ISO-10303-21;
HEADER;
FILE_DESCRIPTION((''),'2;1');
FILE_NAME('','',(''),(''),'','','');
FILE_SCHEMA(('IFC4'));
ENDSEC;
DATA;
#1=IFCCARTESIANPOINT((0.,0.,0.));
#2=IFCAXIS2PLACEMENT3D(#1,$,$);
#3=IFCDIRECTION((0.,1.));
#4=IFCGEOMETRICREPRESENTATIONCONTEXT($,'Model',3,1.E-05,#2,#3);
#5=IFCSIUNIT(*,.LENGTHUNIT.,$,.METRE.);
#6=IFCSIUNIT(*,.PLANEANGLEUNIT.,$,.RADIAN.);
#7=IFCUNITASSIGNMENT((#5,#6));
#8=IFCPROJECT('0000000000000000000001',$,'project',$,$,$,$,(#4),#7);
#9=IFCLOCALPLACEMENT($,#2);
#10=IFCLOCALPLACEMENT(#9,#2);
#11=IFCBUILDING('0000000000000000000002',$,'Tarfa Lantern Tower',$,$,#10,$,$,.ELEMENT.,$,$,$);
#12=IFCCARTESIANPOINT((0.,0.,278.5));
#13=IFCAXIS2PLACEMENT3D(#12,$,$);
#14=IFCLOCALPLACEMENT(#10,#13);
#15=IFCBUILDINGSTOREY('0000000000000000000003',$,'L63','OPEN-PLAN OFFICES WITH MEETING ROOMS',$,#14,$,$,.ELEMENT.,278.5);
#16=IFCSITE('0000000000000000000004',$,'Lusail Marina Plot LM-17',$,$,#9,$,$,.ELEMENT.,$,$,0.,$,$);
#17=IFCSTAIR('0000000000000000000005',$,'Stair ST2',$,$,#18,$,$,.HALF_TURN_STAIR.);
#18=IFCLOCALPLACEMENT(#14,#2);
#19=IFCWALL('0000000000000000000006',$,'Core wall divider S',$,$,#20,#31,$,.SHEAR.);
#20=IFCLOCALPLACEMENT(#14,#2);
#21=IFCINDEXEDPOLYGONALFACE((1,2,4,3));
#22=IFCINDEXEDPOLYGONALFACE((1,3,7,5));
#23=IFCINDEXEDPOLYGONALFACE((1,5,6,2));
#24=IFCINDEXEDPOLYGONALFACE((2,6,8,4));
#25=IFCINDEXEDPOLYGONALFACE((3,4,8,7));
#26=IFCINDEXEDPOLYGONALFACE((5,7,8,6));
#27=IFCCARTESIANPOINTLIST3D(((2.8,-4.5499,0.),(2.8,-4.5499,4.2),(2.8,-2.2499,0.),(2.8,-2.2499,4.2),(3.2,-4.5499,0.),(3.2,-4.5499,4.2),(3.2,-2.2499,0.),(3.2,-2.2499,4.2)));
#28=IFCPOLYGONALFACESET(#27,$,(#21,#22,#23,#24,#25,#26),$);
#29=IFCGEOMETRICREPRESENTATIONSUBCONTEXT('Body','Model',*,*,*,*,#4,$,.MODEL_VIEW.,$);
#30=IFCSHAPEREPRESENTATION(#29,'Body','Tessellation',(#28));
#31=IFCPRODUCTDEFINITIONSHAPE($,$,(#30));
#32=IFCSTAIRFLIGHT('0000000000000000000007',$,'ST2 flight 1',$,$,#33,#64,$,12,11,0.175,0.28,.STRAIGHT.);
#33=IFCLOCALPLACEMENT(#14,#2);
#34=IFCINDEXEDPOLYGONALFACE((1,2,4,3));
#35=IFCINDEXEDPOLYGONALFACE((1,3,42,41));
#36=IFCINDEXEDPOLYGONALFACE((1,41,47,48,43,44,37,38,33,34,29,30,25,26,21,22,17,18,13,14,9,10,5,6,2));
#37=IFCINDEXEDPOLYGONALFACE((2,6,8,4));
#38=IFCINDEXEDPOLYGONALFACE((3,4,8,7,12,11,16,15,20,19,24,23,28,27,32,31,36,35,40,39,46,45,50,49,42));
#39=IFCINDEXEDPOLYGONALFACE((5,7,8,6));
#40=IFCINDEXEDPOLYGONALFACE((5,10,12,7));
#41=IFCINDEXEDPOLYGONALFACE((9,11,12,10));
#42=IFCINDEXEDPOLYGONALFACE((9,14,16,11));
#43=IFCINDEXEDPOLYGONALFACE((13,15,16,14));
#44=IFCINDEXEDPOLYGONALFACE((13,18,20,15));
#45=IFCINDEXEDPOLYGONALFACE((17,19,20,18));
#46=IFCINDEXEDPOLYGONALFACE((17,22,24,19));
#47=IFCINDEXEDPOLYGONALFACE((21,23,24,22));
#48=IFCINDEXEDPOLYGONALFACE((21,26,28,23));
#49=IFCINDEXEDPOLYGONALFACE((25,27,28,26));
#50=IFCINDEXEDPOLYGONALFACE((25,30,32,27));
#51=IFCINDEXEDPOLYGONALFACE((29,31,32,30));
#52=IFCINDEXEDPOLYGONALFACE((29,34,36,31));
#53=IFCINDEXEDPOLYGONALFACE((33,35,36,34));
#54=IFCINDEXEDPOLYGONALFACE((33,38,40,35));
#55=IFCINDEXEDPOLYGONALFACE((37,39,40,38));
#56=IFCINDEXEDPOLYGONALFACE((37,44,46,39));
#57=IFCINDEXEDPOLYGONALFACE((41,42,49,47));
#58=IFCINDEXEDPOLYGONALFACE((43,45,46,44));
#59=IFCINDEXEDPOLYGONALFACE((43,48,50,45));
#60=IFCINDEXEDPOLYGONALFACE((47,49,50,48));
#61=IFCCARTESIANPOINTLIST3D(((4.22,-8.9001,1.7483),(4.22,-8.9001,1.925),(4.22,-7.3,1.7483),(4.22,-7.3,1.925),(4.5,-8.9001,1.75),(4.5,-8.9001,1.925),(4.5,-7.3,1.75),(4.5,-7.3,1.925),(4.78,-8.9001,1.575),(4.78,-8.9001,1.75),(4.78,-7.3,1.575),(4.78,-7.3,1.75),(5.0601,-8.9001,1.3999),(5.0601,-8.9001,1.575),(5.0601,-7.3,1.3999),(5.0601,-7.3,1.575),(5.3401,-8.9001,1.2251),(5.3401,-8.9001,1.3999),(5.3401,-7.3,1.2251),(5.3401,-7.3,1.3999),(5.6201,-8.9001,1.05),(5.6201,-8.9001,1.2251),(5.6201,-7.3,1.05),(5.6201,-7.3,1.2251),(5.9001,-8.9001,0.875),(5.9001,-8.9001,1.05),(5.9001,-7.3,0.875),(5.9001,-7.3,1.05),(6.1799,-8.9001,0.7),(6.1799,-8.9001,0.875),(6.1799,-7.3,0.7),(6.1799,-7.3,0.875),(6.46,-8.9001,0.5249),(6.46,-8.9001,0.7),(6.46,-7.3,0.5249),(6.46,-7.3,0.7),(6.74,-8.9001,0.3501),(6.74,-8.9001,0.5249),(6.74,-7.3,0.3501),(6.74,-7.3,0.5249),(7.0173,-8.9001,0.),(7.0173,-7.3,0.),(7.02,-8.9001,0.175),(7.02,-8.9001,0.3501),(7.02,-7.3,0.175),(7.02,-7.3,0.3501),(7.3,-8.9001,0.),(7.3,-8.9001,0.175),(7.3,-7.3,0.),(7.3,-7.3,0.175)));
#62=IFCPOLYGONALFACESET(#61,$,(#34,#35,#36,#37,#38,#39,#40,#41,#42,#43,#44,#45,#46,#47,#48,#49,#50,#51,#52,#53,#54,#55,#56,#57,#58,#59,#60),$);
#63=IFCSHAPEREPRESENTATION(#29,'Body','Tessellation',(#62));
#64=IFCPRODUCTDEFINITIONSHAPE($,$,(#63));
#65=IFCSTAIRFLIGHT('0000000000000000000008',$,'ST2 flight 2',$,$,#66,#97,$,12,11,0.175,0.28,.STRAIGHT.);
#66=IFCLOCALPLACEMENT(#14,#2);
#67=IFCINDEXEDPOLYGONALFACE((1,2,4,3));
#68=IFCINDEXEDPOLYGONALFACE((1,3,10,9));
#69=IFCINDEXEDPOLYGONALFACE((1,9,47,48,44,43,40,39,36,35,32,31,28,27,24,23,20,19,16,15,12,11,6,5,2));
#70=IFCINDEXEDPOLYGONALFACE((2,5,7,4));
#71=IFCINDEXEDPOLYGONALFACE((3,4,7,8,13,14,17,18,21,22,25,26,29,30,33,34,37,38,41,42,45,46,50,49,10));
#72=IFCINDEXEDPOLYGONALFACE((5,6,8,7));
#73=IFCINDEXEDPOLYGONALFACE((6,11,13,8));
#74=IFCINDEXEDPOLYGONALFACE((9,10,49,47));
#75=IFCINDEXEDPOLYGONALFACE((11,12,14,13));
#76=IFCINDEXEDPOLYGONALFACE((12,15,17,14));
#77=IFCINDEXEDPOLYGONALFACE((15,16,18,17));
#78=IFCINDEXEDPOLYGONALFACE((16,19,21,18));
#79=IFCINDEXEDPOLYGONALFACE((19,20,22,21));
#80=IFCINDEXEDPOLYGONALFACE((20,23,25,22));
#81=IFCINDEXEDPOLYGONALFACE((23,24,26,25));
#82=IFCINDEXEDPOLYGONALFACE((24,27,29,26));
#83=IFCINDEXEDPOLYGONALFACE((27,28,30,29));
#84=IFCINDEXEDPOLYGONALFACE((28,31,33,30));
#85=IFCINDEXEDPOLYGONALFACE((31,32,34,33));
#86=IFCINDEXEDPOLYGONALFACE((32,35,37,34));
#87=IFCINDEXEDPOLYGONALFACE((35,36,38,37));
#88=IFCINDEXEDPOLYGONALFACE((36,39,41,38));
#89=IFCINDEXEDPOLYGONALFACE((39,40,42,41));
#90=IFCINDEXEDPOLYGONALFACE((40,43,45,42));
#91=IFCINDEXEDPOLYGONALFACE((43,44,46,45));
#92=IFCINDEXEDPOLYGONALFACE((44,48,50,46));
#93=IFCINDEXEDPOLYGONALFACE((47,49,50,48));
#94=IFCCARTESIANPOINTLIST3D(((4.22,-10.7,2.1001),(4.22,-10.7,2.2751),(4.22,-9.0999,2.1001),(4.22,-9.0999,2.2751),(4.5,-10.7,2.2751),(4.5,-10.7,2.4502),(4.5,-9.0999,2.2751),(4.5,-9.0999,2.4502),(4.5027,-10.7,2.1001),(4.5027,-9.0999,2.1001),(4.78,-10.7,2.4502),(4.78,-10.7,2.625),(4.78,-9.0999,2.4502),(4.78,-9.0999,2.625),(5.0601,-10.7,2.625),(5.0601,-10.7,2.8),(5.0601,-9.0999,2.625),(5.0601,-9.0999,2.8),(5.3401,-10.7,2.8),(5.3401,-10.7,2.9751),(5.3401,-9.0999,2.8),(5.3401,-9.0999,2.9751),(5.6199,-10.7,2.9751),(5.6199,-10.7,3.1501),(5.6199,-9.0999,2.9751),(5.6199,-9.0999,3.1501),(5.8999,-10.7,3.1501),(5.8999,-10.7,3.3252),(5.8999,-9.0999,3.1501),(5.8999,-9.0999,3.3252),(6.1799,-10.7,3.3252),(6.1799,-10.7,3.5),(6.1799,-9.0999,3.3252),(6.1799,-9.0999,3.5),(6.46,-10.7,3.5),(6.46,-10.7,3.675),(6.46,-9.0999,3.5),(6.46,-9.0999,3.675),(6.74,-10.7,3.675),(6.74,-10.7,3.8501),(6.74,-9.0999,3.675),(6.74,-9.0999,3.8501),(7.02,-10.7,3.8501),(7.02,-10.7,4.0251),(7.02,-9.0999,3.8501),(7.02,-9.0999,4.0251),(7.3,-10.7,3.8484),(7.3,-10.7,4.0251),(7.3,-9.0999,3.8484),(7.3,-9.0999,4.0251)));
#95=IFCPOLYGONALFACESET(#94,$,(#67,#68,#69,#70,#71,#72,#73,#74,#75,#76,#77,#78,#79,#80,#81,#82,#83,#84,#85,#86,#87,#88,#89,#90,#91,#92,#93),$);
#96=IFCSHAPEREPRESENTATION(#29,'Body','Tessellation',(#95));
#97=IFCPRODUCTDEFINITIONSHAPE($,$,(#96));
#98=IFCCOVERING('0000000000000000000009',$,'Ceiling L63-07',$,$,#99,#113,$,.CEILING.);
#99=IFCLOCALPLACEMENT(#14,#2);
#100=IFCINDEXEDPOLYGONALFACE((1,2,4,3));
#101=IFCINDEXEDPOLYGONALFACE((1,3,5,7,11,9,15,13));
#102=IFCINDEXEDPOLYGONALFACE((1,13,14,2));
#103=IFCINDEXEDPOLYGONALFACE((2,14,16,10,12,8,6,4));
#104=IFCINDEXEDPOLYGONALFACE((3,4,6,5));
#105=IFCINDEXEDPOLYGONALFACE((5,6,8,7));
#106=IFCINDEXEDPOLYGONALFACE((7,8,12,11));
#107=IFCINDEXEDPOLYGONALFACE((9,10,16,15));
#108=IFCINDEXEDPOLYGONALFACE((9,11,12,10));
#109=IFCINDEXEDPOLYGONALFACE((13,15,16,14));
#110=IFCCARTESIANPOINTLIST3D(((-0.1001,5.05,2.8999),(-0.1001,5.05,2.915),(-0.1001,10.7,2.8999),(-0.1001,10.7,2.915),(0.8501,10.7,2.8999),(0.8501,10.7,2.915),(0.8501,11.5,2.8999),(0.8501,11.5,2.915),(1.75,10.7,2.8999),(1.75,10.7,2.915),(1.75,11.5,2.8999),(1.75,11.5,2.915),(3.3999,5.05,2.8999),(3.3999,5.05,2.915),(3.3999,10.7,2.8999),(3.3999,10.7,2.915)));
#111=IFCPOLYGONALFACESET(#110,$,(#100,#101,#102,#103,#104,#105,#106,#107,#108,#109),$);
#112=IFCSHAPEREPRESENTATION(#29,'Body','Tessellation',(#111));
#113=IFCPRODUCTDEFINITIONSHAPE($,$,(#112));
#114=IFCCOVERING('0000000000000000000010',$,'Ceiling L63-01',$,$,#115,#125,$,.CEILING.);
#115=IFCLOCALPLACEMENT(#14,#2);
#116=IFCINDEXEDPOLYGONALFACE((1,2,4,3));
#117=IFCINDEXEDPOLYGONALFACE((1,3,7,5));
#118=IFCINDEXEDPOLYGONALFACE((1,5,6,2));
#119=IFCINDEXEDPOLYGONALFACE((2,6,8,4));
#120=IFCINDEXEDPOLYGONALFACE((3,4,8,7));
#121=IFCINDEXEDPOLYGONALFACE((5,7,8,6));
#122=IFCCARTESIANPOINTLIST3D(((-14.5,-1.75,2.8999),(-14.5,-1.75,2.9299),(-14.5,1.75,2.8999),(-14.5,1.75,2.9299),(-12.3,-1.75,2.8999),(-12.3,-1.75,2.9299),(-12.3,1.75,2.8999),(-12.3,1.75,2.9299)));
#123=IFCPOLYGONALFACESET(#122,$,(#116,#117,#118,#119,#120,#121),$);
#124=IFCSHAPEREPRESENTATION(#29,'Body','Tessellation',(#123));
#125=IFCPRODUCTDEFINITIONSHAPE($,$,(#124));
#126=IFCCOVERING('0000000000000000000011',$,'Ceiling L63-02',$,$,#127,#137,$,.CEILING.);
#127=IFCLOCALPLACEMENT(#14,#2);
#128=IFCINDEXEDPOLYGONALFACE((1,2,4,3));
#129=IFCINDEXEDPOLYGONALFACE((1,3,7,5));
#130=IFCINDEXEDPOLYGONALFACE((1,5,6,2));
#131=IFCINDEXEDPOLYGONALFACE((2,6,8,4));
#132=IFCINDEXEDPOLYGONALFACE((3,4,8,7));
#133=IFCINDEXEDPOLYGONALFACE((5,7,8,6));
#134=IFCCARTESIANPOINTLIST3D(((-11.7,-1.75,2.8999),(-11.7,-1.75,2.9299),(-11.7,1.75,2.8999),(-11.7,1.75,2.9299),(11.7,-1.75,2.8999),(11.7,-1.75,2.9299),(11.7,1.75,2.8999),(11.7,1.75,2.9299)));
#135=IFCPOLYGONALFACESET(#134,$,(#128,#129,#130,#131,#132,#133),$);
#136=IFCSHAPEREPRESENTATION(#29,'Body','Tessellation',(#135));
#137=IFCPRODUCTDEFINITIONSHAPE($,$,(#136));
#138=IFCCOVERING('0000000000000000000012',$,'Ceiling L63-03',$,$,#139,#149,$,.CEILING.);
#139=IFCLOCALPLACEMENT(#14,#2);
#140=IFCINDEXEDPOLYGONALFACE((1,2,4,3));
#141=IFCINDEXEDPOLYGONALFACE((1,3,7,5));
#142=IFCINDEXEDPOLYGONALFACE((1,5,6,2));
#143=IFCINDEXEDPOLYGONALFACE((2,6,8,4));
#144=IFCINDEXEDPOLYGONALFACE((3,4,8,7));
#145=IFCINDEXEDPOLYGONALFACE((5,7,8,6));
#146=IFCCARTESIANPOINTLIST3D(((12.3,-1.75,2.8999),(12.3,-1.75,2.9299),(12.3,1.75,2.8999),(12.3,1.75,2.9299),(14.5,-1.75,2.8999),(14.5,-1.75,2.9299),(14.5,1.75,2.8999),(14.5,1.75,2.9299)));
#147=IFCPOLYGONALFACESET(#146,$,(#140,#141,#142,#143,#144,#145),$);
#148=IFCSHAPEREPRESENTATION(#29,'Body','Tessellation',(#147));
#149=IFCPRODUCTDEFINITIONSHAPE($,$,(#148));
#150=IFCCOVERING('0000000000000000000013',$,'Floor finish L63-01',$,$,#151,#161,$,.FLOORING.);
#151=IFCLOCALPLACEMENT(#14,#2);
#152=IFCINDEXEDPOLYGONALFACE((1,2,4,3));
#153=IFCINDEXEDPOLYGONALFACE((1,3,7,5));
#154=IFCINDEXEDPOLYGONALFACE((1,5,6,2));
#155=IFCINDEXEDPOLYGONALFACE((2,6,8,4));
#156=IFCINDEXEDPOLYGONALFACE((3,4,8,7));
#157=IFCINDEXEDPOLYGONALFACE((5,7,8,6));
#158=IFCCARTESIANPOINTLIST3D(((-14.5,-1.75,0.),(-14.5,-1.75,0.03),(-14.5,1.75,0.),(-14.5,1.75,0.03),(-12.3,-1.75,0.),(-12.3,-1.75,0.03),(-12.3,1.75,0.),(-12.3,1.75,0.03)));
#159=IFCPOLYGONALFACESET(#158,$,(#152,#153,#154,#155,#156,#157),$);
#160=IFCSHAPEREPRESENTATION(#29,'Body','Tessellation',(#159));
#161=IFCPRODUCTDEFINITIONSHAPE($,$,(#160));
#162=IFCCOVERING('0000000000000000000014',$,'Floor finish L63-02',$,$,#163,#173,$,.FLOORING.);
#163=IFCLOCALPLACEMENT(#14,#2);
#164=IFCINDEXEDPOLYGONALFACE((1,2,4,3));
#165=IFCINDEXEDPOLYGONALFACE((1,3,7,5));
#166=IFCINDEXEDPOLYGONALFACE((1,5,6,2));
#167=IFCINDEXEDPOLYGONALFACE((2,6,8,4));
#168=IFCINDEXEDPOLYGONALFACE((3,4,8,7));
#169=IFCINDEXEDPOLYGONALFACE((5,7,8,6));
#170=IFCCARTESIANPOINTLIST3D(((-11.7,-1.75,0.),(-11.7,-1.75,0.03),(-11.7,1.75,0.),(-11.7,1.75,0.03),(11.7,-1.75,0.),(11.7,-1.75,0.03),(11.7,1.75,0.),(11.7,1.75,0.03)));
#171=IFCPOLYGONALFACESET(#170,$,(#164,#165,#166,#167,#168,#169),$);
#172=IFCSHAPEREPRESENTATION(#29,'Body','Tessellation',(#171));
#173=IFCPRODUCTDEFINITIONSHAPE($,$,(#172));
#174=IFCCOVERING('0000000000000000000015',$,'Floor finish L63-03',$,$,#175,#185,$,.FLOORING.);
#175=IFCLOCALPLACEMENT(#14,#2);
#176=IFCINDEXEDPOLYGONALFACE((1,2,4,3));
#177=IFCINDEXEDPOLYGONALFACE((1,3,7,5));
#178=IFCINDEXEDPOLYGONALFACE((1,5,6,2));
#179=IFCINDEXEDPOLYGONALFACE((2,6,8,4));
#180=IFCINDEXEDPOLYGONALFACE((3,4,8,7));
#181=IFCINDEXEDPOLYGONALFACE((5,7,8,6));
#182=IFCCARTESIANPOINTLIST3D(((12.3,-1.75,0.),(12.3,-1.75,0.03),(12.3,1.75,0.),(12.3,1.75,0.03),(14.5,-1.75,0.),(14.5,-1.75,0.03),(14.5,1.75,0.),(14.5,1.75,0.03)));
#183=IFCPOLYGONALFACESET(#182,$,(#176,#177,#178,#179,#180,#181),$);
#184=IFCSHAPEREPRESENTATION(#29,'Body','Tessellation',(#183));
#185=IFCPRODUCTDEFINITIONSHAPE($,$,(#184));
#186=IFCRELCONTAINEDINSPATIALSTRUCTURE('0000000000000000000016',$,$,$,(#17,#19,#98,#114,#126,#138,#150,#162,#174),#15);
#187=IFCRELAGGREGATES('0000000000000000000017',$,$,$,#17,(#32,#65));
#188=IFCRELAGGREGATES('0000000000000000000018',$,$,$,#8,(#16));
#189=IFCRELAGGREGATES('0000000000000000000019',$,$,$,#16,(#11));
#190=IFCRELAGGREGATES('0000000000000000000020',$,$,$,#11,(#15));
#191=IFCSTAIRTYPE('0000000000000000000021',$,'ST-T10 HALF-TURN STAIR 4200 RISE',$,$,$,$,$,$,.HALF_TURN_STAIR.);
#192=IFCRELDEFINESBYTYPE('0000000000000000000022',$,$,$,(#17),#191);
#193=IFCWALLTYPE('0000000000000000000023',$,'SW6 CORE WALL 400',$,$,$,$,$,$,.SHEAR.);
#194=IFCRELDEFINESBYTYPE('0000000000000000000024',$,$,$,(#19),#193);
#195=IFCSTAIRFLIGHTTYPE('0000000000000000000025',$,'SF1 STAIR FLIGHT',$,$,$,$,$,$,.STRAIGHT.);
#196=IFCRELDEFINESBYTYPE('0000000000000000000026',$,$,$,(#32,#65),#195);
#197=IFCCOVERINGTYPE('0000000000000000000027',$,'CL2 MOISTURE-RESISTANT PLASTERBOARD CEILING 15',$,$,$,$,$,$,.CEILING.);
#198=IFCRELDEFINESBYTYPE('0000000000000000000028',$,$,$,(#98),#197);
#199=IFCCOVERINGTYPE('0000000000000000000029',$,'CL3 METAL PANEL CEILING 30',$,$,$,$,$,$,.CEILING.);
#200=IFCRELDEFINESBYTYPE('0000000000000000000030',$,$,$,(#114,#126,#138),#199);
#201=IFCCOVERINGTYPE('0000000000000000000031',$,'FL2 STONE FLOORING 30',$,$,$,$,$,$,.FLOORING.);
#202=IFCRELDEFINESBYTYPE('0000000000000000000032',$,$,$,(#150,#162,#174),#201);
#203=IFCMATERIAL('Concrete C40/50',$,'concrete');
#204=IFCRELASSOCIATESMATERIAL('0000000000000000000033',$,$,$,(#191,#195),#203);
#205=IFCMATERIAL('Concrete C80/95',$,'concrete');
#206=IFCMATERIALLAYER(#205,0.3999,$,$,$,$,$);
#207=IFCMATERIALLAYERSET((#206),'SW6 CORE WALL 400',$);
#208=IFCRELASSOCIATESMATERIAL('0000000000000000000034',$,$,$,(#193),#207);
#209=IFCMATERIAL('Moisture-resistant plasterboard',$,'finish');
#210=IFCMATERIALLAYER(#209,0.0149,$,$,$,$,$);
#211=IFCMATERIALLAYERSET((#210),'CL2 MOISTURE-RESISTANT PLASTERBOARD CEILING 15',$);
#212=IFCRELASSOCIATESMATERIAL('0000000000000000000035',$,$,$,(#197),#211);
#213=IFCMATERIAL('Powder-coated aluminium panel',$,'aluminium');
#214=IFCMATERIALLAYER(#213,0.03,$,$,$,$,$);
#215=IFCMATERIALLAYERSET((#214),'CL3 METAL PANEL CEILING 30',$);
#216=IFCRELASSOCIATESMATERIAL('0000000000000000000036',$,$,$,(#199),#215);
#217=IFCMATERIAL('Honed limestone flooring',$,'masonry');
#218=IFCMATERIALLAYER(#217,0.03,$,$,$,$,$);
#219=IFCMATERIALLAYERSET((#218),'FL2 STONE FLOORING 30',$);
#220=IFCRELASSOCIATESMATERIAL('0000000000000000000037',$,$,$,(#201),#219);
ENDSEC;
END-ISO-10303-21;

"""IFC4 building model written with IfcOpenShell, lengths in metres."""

from ifc_helpers import new_model, si_unit, direction, frame, frame_2d, origin, place, context, subcontext, project, spatial, polyline, rectangle, outline, extrude, material, layer, layer_set, type_object, element, aggregate, save


model = new_model("IFC4")

# Units and contexts
model_context = context("Model", 3, precision=1e-05, world=origin(), true_north=direction((0.0, 1.0)))
body_context = subcontext(model_context, "Body", "Model", "MODEL_VIEW")
ifc_project = project(units=[si_unit("LENGTHUNIT", "METRE"), si_unit("PLANEANGLEUNIT", "RADIAN")], contexts=[model_context])

# Site, building, storey
site_placement = place(None, origin())
site = spatial("IfcSite", under=ifc_project, at=site_placement, Name="Lusail Marina Plot LM-17", CompositionType="ELEMENT", RefElevation=0.0)
building_placement = place(site_placement, origin())
building = spatial("IfcBuilding", under=site, at=building_placement, Name="Tarfa Lantern Tower", CompositionType="ELEMENT")
storey_placement = place(building_placement, frame((0.0, 0.0, 278.5)))
storey = spatial("IfcBuildingStorey", under=building, at=storey_placement, Name="L63", Description="OPEN-PLAN OFFICES WITH MEETING ROOMS", CompositionType="ELEMENT", Elevation=278.5)

# Stair
ifc_material_1 = material(Name="Concrete C40/50", Category="concrete")
stair_type = type_object("IfcStairType", Name="ST-T10 HALF-TURN STAIR 4200 RISE", PredefinedType="HALF_TURN_STAIR", material=ifc_material_1)
stair_1_placement = place(storey_placement, origin())
stair_1 = element("IfcStair", 1, at=stair_1_placement, inside=storey, type_object=stair_type, Name="Stair ST2", PredefinedType="HALF_TURN_STAIR")

# Shared definitions
ifc_material_2 = material(Name="Concrete C80/95", Category="concrete")

# Wall
ifc_layer_1 = layer(ifc_material_2, 0.3999)
ifc_layer_set_1 = layer_set([ifc_layer_1], Name="SW6 CORE WALL 400")
wall_type_1 = type_object("IfcWallType", Name="SW6 CORE WALL 400", PredefinedType="SHEAR", material=ifc_layer_set_1)
for number, where, z_axis, x_axis, name in (
    (2, (3.0, -2.25, 0.0), (0.0, 0.0, 1.0), (0.0, -1.0, 0.0), "Core wall divider S"),
):
    element("IfcWall", number, at=place(storey_placement, frame(where, z_axis=z_axis, x_axis=x_axis)), inside=storey, type_object=wall_type_1, Name=name, PredefinedType="SHEAR", context=body_context, shape_type="SweptSolid", body=[
        extrude(rectangle(XDim=2.3, YDim=0.3999, at=frame_2d((1.1499, 0.0))), origin(), (0.0, 0.0, 1.0), 4.2),
    ])

# Stair flights
stair_flight_type = type_object("IfcStairFlightType", Name="SF1 STAIR FLIGHT", PredefinedType="STRAIGHT", material=ifc_material_1)
stair_flight_1_placement = place(storey_placement, frame((7.3, -8.1001, 0.0), z_axis=(0.0, 0.0, 1.0), x_axis=(-1.0, 0.0, 0.0)))
stair_flight_1 = element("IfcStairFlight", 3, at=stair_flight_1_placement, type_object=stair_flight_type, Name="ST2 flight 1", NumberOfRisers=12, NumberOfTreads=11, PredefinedType="STRAIGHT", RiserHeight=0.175, TreadLength=0.28, context=body_context, shape_type="SweptSolid", body=[
    extrude(outline(polyline([(0.0, 0.0), (0.0, 0.175), (0.28, 0.175), (0.28, 0.3501), (0.5601, 0.3501), (0.5601, 0.5249), (0.8401, 0.5249), (0.8401, 0.7), (1.1201, 0.7), (1.1201, 0.875), (1.3999, 0.875), (1.3999, 1.05), (1.6799, 1.05), (1.6799, 1.2251), (1.96, 1.2251), (1.96, 1.3999), (2.24, 1.3999), (2.24, 1.575), (2.52, 1.575), (2.52, 1.75), (2.8, 1.75), (2.8, 1.925), (3.0801, 1.925), (3.0801, 2.1001), (3.0801, 1.7483), (0.2827, 0.0), (0.0, 0.0)])), frame((0.0, 0.8, 0.0), z_axis=(0.0, -1.0, 0.0), x_axis=(1.0, 0.0, 0.0)), (0.0, 0.0, 1.0), 1.6001),
])
stair_flight_2_placement = place(storey_placement, frame((4.22, -9.8999, 2.1001), z_axis=(0.0, 0.0, 1.0), x_axis=(1.0, 0.0, 0.0)))
stair_flight_2 = element("IfcStairFlight", 4, at=stair_flight_2_placement, type_object=stair_flight_type, Name="ST2 flight 2", NumberOfRisers=12, NumberOfTreads=11, PredefinedType="STRAIGHT", RiserHeight=0.175, TreadLength=0.28, context=body_context, shape_type="SweptSolid", body=[
    extrude(outline(polyline([(0.0, 0.0), (0.0, 0.175), (0.28, 0.175), (0.28, 0.3501), (0.5601, 0.3501), (0.5601, 0.5249), (0.8401, 0.5249), (0.8401, 0.7), (1.1201, 0.7), (1.1201, 0.875), (1.3999, 0.875), (1.3999, 1.05), (1.6799, 1.05), (1.6799, 1.2251), (1.96, 1.2251), (1.96, 1.3999), (2.24, 1.3999), (2.24, 1.575), (2.52, 1.575), (2.52, 1.75), (2.8, 1.75), (2.8, 1.925), (3.0801, 1.925), (3.0801, 2.1001), (3.0801, 1.7483), (0.2827, 0.0), (0.0, 0.0)])), frame((0.0, 0.8, 0.0), z_axis=(0.0, -1.0, 0.0), x_axis=(1.0, 0.0, 0.0)), (0.0, 0.0, 1.0), 1.6001),
])
aggregate(stair_1, [stair_flight_1, stair_flight_2])

# Coverings
ifc_material_3 = material(Name="Moisture-resistant plasterboard", Category="finish")
ifc_layer_2 = layer(ifc_material_3, 0.0149)
ifc_layer_set_2 = layer_set([ifc_layer_2], Name="CL2 MOISTURE-RESISTANT PLASTERBOARD CEILING 15")
covering_type_1 = type_object("IfcCoveringType", Name="CL2 MOISTURE-RESISTANT PLASTERBOARD CEILING 15", PredefinedType="CEILING", material=ifc_layer_set_2)
covering_1_placement = place(storey_placement, frame((0.0, 0.0, 2.8999)))
element("IfcCovering", 5, at=covering_1_placement, inside=storey, type_object=covering_type_1, Name="Ceiling L63-07", PredefinedType="CEILING", context=body_context, shape_type="SweptSolid", body=[
    extrude(outline(polyline([(0.8501, 10.7), (-0.1001, 10.7), (-0.1001, 5.05), (3.3999, 5.05), (3.3999, 10.7), (1.75, 10.7), (1.75, 11.5), (0.8501, 11.5), (0.8501, 11.5), (0.8501, 10.7)])), origin(), (0.0, 0.0, 1.0), 0.0151),
])
ifc_material_4 = material(Name="Powder-coated aluminium panel", Category="aluminium")
ifc_layer_3 = layer(ifc_material_4, 0.03)
ifc_layer_set_3 = layer_set([ifc_layer_3], Name="CL3 METAL PANEL CEILING 30")
covering_type_2 = type_object("IfcCoveringType", Name="CL3 METAL PANEL CEILING 30", PredefinedType="CEILING", material=ifc_layer_set_3)
covering_2_placement = place(storey_placement, frame((0.0, 0.0, 2.8999)))
element("IfcCovering", 6, at=covering_2_placement, inside=storey, type_object=covering_type_2, Name="Ceiling L63-01", PredefinedType="CEILING", context=body_context, shape_type="SweptSolid", body=[
    extrude(outline(polyline([(-14.5, -1.75), (-12.3, -1.75), (-12.3, 1.75), (-14.5, 1.75), (-14.5, -1.75)])), origin(), (0.0, 0.0, 1.0), 0.03),
])
covering_3_placement = place(storey_placement, frame((0.0, 0.0, 2.8999)))
element("IfcCovering", 7, at=covering_3_placement, inside=storey, type_object=covering_type_2, Name="Ceiling L63-02", PredefinedType="CEILING", context=body_context, shape_type="SweptSolid", body=[
    extrude(outline(polyline([(-11.7, -1.75), (11.7, -1.75), (11.7, 1.75), (-11.7, 1.75), (-11.7, -1.75)])), origin(), (0.0, 0.0, 1.0), 0.03),
])
covering_4_placement = place(storey_placement, frame((0.0, 0.0, 2.8999)))
element("IfcCovering", 8, at=covering_4_placement, inside=storey, type_object=covering_type_2, Name="Ceiling L63-03", PredefinedType="CEILING", context=body_context, shape_type="SweptSolid", body=[
    extrude(outline(polyline([(12.3, -1.75), (14.5, -1.75), (14.5, 1.75), (12.3, 1.75), (12.3, -1.75)])), origin(), (0.0, 0.0, 1.0), 0.03),
])
ifc_material_5 = material(Name="Honed limestone flooring", Category="masonry")
ifc_layer_4 = layer(ifc_material_5, 0.03)
ifc_layer_set_4 = layer_set([ifc_layer_4], Name="FL2 STONE FLOORING 30")
covering_type_3 = type_object("IfcCoveringType", Name="FL2 STONE FLOORING 30", PredefinedType="FLOORING", material=ifc_layer_set_4)
covering_5_placement = place(storey_placement, origin())
element("IfcCovering", 9, at=covering_5_placement, inside=storey, type_object=covering_type_3, Name="Floor finish L63-01", PredefinedType="FLOORING", context=body_context, shape_type="SweptSolid", body=[
    extrude(outline(polyline([(-14.5, -1.75), (-12.3, -1.75), (-12.3, 1.75), (-14.5, 1.75), (-14.5, -1.75)])), origin(), (0.0, 0.0, 1.0), 0.03),
])
covering_6_placement = place(storey_placement, origin())
element("IfcCovering", 10, at=covering_6_placement, inside=storey, type_object=covering_type_3, Name="Floor finish L63-02", PredefinedType="FLOORING", context=body_context, shape_type="SweptSolid", body=[
    extrude(outline(polyline([(-11.7, -1.75), (11.7, -1.75), (11.7, 1.75), (-11.7, 1.75), (-11.7, -1.75)])), origin(), (0.0, 0.0, 1.0), 0.03),
])
covering_7_placement = place(storey_placement, origin())
element("IfcCovering", 11, at=covering_7_placement, inside=storey, type_object=covering_type_3, Name="Floor finish L63-03", PredefinedType="FLOORING", context=body_context, shape_type="SweptSolid", body=[
    extrude(outline(polyline([(12.3, -1.75), (14.5, -1.75), (14.5, 1.75), (12.3, 1.75), (12.3, -1.75)])), origin(), (0.0, 0.0, 1.0), 0.03),
])

save(model, "model.ifc")
